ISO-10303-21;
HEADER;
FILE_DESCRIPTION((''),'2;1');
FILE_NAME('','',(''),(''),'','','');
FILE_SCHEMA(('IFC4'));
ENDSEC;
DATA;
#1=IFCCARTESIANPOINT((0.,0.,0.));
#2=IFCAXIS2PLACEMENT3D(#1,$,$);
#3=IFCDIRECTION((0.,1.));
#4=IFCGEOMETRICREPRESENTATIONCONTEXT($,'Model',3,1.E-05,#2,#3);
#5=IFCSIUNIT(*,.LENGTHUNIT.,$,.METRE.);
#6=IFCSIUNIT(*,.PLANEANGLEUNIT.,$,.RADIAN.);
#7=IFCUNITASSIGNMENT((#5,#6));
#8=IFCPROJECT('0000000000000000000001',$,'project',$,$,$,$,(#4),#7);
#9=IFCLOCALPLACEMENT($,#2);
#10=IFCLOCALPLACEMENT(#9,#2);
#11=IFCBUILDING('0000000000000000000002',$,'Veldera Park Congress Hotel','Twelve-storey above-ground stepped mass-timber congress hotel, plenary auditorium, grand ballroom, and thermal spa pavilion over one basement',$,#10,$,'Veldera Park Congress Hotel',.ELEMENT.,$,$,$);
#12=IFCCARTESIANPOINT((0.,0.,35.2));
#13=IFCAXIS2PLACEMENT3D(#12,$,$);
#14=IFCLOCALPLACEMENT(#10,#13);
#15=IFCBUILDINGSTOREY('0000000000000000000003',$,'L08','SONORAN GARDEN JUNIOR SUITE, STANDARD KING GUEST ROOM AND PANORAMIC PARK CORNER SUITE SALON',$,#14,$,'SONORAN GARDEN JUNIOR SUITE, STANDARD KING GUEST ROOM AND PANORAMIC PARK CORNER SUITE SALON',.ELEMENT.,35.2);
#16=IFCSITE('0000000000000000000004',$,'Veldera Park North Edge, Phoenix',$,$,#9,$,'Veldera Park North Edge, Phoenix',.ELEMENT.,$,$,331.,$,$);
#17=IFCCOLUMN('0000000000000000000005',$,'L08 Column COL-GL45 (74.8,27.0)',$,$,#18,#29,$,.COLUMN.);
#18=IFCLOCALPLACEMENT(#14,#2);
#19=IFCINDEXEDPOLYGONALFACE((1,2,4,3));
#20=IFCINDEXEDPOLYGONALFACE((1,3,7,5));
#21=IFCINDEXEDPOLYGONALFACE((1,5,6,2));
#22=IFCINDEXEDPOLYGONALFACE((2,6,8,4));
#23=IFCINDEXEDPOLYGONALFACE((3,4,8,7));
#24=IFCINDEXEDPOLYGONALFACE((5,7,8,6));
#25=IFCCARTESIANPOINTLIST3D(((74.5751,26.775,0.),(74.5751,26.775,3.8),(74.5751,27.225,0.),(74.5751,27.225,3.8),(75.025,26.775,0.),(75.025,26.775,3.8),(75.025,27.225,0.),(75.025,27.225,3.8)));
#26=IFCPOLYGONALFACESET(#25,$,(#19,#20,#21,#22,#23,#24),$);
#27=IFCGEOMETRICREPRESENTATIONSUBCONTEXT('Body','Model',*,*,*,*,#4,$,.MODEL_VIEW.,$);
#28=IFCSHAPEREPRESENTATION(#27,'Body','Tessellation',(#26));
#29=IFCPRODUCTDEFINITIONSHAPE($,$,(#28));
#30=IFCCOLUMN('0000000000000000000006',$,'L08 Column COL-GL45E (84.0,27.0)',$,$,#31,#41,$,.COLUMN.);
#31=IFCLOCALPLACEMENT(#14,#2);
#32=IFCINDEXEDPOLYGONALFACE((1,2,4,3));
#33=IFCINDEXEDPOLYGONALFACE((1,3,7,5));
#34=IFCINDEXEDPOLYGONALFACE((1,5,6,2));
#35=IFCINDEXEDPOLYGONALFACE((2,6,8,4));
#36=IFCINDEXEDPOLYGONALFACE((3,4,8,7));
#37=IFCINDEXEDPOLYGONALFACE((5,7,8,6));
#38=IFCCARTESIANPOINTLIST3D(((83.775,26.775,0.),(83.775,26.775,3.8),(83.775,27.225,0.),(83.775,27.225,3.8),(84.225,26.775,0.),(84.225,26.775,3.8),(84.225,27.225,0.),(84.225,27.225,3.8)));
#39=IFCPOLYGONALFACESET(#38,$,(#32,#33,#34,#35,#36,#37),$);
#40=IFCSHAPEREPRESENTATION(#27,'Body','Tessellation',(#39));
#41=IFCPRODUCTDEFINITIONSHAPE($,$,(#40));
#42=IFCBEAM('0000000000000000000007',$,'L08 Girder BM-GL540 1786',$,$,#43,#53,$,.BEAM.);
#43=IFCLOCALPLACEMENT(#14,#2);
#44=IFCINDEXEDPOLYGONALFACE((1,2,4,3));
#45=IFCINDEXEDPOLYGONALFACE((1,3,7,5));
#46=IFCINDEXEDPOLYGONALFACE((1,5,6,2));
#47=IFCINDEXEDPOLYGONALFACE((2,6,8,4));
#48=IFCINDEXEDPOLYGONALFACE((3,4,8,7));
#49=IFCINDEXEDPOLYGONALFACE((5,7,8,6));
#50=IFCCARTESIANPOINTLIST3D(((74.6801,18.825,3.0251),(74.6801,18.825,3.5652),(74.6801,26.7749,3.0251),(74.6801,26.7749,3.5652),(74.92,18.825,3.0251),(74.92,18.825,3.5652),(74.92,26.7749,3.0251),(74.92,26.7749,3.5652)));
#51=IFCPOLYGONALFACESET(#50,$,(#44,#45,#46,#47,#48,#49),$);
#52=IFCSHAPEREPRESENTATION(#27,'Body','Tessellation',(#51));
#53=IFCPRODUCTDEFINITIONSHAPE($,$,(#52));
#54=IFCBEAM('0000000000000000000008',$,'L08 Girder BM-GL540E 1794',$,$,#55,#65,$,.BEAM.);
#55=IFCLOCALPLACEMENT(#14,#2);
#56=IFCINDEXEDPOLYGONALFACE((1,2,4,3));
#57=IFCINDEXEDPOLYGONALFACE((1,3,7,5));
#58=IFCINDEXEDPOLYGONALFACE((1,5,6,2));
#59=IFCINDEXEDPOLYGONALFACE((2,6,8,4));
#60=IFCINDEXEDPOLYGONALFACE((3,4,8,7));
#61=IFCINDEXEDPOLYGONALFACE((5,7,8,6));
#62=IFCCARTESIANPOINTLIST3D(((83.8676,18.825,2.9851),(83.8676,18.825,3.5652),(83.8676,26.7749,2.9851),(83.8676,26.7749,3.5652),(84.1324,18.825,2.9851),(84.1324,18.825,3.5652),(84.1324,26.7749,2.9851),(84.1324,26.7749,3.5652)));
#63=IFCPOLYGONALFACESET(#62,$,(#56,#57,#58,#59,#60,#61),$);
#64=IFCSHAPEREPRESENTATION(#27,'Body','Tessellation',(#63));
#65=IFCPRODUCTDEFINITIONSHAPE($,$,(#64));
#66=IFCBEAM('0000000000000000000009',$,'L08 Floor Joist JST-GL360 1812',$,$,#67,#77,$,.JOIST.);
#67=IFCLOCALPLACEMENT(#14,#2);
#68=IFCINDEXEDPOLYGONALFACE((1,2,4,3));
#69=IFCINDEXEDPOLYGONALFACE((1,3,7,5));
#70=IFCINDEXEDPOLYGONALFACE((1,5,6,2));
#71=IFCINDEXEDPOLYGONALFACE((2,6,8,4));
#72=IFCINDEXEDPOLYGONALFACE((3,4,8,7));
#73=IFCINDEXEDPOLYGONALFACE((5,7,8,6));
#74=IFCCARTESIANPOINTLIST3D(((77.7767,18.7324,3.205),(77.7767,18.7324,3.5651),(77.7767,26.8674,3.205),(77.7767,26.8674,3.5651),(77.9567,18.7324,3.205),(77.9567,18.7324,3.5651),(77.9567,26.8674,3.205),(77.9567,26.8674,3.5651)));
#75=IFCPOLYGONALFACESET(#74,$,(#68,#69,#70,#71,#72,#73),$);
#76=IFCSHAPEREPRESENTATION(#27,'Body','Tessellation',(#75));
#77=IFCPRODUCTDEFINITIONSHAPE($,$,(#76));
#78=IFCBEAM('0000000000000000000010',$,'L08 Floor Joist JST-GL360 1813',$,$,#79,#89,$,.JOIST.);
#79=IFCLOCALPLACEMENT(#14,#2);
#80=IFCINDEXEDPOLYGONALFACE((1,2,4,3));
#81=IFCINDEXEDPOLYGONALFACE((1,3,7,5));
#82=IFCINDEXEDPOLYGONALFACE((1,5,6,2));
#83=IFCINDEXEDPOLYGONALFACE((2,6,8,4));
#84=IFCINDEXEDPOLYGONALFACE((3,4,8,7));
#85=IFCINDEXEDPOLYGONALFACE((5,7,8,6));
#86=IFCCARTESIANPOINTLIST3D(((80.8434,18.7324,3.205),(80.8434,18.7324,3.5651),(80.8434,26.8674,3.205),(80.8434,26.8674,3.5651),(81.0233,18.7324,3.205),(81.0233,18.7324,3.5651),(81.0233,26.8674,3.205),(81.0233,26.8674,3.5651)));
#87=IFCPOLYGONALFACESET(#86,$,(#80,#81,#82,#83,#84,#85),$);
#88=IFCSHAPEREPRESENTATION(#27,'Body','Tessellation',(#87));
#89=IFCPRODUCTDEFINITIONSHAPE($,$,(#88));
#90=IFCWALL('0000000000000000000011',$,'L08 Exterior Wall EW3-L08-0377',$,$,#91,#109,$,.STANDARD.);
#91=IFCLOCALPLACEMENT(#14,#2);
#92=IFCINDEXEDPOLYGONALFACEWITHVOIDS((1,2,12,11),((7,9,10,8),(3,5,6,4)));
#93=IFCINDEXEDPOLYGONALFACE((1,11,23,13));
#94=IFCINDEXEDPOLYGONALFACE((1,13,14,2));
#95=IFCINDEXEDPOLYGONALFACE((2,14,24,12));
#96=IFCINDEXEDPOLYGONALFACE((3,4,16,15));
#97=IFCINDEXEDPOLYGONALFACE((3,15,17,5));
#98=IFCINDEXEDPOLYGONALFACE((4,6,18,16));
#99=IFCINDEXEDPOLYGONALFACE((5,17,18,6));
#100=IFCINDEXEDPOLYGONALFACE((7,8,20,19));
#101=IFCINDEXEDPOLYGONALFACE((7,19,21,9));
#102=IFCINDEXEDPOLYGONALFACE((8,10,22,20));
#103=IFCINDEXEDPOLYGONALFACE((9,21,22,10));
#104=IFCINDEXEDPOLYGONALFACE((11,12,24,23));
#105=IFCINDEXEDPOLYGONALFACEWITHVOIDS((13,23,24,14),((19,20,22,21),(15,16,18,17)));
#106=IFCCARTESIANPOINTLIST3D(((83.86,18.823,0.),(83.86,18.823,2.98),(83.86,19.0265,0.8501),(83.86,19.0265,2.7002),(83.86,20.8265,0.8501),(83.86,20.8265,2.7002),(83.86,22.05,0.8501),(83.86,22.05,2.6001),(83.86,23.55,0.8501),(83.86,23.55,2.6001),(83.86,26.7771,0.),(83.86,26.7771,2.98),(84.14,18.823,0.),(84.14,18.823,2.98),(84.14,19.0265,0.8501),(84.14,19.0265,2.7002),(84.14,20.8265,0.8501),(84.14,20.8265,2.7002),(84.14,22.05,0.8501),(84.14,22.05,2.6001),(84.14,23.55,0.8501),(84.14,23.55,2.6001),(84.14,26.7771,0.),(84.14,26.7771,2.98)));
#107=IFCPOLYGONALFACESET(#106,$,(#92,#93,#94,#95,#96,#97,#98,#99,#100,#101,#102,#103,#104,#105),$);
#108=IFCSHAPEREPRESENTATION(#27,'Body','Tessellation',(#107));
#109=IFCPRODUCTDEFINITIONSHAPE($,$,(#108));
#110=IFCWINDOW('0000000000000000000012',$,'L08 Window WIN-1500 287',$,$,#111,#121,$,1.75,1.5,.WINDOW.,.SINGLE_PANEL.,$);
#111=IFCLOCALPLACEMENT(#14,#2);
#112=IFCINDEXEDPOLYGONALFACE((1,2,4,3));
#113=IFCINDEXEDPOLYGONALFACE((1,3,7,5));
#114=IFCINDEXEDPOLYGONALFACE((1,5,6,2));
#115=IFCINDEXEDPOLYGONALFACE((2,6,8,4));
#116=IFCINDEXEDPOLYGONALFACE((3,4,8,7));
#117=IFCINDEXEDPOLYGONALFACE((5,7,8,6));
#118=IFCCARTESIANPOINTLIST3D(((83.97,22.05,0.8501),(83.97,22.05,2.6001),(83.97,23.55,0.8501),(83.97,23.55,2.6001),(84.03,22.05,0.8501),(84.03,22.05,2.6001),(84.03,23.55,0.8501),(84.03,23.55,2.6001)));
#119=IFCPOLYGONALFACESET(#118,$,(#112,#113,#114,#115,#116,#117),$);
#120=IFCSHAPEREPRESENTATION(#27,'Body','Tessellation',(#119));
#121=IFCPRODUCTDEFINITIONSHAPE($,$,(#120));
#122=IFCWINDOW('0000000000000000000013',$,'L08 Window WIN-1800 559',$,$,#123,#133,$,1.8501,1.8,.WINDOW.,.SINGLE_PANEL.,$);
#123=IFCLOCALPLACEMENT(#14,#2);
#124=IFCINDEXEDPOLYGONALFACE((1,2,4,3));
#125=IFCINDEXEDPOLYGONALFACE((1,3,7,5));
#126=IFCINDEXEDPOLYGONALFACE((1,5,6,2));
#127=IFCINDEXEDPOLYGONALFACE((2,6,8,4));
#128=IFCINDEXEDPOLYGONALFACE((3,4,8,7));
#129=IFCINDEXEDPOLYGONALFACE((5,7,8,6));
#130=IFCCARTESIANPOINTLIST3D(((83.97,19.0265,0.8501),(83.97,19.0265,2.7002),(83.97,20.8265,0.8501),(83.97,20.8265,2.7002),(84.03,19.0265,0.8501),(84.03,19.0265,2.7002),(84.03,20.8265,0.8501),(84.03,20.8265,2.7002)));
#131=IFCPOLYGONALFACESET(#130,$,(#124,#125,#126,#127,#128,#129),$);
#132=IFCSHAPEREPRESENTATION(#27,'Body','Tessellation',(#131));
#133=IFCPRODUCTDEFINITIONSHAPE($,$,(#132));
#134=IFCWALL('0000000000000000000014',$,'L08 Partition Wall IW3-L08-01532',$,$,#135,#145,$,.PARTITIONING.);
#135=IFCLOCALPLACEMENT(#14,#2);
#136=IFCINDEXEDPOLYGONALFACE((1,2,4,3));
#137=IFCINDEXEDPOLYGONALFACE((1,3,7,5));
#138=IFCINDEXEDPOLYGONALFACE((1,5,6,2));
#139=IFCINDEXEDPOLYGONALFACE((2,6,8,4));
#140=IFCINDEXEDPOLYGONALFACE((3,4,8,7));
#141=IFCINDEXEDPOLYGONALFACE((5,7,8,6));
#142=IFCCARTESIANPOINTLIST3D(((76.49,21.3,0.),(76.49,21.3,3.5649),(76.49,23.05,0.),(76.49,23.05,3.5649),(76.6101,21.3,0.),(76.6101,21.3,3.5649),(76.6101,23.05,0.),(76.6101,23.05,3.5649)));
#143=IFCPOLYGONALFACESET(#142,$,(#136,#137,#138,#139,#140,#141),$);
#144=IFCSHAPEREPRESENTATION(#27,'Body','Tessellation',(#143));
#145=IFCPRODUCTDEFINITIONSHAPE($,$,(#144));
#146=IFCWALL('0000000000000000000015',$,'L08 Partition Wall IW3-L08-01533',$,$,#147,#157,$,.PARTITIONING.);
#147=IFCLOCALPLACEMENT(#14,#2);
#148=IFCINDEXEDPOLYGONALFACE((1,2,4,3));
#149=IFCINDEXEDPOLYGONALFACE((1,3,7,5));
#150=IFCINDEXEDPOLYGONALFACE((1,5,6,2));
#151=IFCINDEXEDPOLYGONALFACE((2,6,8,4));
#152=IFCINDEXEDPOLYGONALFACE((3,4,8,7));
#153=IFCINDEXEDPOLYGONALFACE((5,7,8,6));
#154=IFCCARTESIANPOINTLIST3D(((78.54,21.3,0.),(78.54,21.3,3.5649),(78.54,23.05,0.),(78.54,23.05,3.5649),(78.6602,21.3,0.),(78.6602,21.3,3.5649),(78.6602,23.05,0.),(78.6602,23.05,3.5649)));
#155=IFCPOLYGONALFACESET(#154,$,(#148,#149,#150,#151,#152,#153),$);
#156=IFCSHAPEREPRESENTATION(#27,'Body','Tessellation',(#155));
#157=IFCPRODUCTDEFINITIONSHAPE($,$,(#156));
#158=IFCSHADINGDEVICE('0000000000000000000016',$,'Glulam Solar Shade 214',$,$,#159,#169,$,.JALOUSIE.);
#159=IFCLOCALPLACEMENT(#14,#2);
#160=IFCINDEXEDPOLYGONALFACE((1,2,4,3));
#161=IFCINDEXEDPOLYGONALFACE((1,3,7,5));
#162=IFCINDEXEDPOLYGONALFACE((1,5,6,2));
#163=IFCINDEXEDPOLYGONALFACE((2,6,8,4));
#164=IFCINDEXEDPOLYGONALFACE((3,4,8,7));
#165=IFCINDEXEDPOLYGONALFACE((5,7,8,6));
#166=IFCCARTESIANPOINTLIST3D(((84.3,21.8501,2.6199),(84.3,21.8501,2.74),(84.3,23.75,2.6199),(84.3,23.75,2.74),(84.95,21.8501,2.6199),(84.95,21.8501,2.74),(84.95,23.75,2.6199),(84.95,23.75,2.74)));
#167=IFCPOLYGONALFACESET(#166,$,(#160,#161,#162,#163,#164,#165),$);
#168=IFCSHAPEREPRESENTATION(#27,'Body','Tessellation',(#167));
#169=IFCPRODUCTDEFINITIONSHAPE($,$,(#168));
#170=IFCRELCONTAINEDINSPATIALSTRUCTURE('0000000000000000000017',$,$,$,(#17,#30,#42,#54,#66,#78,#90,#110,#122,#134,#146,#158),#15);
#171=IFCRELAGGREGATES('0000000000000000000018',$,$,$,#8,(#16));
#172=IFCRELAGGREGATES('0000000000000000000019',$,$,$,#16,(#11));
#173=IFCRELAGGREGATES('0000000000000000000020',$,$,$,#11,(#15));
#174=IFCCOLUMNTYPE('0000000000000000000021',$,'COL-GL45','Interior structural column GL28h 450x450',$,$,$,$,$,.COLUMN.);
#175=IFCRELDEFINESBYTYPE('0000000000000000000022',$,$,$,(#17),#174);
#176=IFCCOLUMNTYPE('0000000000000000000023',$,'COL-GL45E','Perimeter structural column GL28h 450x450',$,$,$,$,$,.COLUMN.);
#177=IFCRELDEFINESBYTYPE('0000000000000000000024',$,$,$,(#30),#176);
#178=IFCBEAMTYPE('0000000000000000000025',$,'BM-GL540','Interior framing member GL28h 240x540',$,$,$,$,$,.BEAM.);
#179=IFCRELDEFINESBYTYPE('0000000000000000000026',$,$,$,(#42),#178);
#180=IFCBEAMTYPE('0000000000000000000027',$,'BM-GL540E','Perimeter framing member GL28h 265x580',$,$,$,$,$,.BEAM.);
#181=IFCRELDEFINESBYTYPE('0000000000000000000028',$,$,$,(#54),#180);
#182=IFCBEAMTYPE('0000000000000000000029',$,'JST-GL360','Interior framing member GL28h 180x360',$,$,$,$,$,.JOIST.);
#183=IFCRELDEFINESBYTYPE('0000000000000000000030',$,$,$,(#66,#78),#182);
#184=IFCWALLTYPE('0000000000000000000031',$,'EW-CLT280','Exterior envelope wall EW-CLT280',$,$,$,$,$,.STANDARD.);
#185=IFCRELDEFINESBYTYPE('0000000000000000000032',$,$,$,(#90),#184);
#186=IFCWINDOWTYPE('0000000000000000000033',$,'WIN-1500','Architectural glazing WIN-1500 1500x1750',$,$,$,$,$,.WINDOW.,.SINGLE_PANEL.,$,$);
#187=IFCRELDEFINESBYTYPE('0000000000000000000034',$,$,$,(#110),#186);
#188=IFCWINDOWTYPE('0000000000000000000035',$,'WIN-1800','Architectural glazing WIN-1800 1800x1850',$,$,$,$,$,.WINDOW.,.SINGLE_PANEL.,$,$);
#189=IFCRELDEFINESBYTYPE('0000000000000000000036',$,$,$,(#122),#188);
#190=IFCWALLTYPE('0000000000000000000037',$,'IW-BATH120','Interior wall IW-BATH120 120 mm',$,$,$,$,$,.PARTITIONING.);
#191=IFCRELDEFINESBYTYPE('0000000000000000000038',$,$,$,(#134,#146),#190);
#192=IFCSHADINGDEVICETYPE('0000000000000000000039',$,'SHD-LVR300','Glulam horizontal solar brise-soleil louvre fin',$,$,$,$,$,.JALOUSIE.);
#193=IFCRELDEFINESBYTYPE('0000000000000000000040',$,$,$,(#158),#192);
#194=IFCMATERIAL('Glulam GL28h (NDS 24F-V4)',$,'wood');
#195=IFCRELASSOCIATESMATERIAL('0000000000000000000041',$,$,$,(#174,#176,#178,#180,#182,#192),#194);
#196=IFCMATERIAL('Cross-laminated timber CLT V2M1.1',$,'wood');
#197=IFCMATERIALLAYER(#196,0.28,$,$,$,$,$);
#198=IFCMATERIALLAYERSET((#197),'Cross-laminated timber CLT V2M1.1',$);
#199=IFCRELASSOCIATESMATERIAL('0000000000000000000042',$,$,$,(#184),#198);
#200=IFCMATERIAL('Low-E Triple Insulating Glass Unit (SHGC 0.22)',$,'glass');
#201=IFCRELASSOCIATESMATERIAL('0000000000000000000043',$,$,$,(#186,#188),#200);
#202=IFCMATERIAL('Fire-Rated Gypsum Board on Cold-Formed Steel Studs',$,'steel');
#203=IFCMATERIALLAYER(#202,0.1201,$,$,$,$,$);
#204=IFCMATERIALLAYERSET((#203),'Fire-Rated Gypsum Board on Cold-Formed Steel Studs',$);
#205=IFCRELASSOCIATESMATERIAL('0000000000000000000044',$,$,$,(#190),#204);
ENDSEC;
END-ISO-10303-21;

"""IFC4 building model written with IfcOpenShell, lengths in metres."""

from ifc_helpers import new_model, si_unit, direction, frame, frame_2d, origin, origin_2d, place, context, subcontext, project, spatial, rectangle, extrude, material, layer, layer_set, material_profile, profile_set, type_object, element, fill, save


model = new_model("IFC4")

# Units and contexts
model_context = context("Model", 3, precision=1e-05, world=origin(), true_north=direction((0.0, 1.0)))
body_context = subcontext(model_context, "Body", "Model", "MODEL_VIEW")
ifc_project = project(units=[si_unit("LENGTHUNIT", "METRE"), si_unit("PLANEANGLEUNIT", "RADIAN")], contexts=[model_context])

# Site, building, storey
site_placement = place(None, origin())
site = spatial("IfcSite", under=ifc_project, at=site_placement, Name="Veldera Park North Edge, Phoenix", LongName="Veldera Park North Edge, Phoenix", CompositionType="ELEMENT", RefElevation=331.0)
building_placement = place(site_placement, origin())
building = spatial("IfcBuilding", under=site, at=building_placement, Name="Veldera Park Congress Hotel", Description="Twelve-storey above-ground stepped mass-timber congress hotel, plenary auditorium, grand ballroom, and thermal spa pavilion over one basement", LongName="Veldera Park Congress Hotel", CompositionType="ELEMENT")
storey_placement = place(building_placement, frame((0.0, 0.0, 35.2)))
storey = spatial("IfcBuildingStorey", under=building, at=storey_placement, Name="L08", Description="SONORAN GARDEN JUNIOR SUITE, STANDARD KING GUEST ROOM AND PANORAMIC PARK CORNER SUITE SALON", LongName="SONORAN GARDEN JUNIOR SUITE, STANDARD KING GUEST ROOM AND PANORAMIC PARK CORNER SUITE SALON", CompositionType="ELEMENT", Elevation=35.2)

# Columns
ifc_material_1 = material(Name="Glulam GL28h (NDS 24F-V4)", Category="wood")
ifc_material_profile_1 = material_profile(ifc_material_1, rectangle(XDim=0.45, YDim=0.45, at=origin_2d()), Name="GL28h 450x450")
ifc_profile_set_1 = profile_set([ifc_material_profile_1], Name="Glulam GL28h (NDS 24F-V4)")
column_type_1 = type_object("IfcColumnType", Name="COL-GL45", Description="Interior structural column GL28h 450x450", PredefinedType="COLUMN", material=ifc_profile_set_1)
column_1_placement = place(storey_placement, frame((74.8, 27.0, 0.0), z_axis=(0.0, 0.0, 1.0), x_axis=(1.0, 0.0, 0.0)))
element("IfcColumn", 1, at=column_1_placement, inside=storey, type_object=column_type_1, Name="L08 Column COL-GL45 (74.8,27.0)", PredefinedType="COLUMN", context=body_context, shape_type="SweptSolid", body=[
    extrude(rectangle(XDim=0.45, YDim=0.45, at=origin_2d()), origin(), (0.0, 0.0, 1.0), 3.8),
])
ifc_material_profile_2 = material_profile(ifc_material_1, rectangle(XDim=0.45, YDim=0.45, at=origin_2d()), Name="GL28h 450x450")
ifc_profile_set_2 = profile_set([ifc_material_profile_2], Name="Glulam GL28h (NDS 24F-V4)")
column_type_2 = type_object("IfcColumnType", Name="COL-GL45E", Description="Perimeter structural column GL28h 450x450", PredefinedType="COLUMN", material=ifc_profile_set_2)
column_2_placement = place(storey_placement, frame((84.0, 27.0, 0.0), z_axis=(0.0, 0.0, 1.0), x_axis=(1.0, 0.0, 0.0)))
element("IfcColumn", 2, at=column_2_placement, inside=storey, type_object=column_type_2, Name="L08 Column COL-GL45E (84.0,27.0)", PredefinedType="COLUMN", context=body_context, shape_type="SweptSolid", body=[
    extrude(rectangle(XDim=0.45, YDim=0.45, at=origin_2d()), origin(), (0.0, 0.0, 1.0), 3.8),
])

# Beams
ifc_material_profile_3 = material_profile(ifc_material_1, rectangle(XDim=0.24, YDim=0.54, at=origin_2d()), Name="GL28h 240x540")
ifc_profile_set_3 = profile_set([ifc_material_profile_3], Name="Glulam GL28h (NDS 24F-V4)")
beam_type_1 = type_object("IfcBeamType", Name="BM-GL540", Description="Interior framing member GL28h 240x540", PredefinedType="BEAM", material=ifc_profile_set_3)
beam_1_placement = place(storey_placement, frame((74.8, 18.825, 3.2952), z_axis=(0.0, 1.0, 0.0), x_axis=(-1.0, 0.0, 0.0)))
element("IfcBeam", 3, at=beam_1_placement, inside=storey, type_object=beam_type_1, Name="L08 Girder BM-GL540 1786", PredefinedType="BEAM", context=body_context, shape_type="SweptSolid", body=[
    extrude(rectangle(XDim=0.24, YDim=0.54, at=origin_2d()), origin(), (0.0, 0.0, 1.0), 7.95),
])
ifc_material_profile_4 = material_profile(ifc_material_1, rectangle(XDim=0.2649, YDim=0.5801, at=origin_2d()), Name="GL28h 265x580")
ifc_profile_set_4 = profile_set([ifc_material_profile_4], Name="Glulam GL28h (NDS 24F-V4)")
beam_type_2 = type_object("IfcBeamType", Name="BM-GL540E", Description="Perimeter framing member GL28h 265x580", PredefinedType="BEAM", material=ifc_profile_set_4)
beam_2_placement = place(storey_placement, frame((84.0, 18.825, 3.2751), z_axis=(0.0, 1.0, 0.0), x_axis=(-1.0, 0.0, 0.0)))
element("IfcBeam", 4, at=beam_2_placement, inside=storey, type_object=beam_type_2, Name="L08 Girder BM-GL540E 1794", PredefinedType="BEAM", context=body_context, shape_type="SweptSolid", body=[
    extrude(rectangle(XDim=0.2649, YDim=0.5801, at=origin_2d()), origin(), (0.0, 0.0, 1.0), 7.95),
])
ifc_material_profile_5 = material_profile(ifc_material_1, rectangle(XDim=0.1799, YDim=0.3601, at=origin_2d()), Name="GL28h 180x360")
ifc_profile_set_5 = profile_set([ifc_material_profile_5], Name="Glulam GL28h (NDS 24F-V4)")
beam_type_3 = type_object("IfcBeamType", Name="JST-GL360", Description="Interior framing member GL28h 180x360", PredefinedType="JOIST", material=ifc_profile_set_5)
for number, where, z_axis, x_axis, name in (
    (5, (77.8667, 18.7324, 3.385), (0.0, 1.0, 0.0), (-1.0, 0.0, 0.0), "L08 Floor Joist JST-GL360 1812"),
    (6, (80.9333, 18.7324, 3.385), (0.0, 1.0, 0.0), (-1.0, 0.0, 0.0), "L08 Floor Joist JST-GL360 1813"),
):
    element("IfcBeam", number, at=place(storey_placement, frame(where, z_axis=z_axis, x_axis=x_axis)), inside=storey, type_object=beam_type_3, Name=name, PredefinedType="JOIST", context=body_context, shape_type="SweptSolid", body=[
        extrude(rectangle(XDim=0.1799, YDim=0.3601, at=origin_2d()), origin(), (0.0, 0.0, 1.0), 8.135),
    ])

# Wall, openings, windows
ifc_material_2 = material(Name="Cross-laminated timber CLT V2M1.1", Category="wood")
ifc_layer_1 = layer(ifc_material_2, 0.28)
ifc_layer_set_1 = layer_set([ifc_layer_1], Name="Cross-laminated timber CLT V2M1.1")
wall_type_1 = type_object("IfcWallType", Name="EW-CLT280", Description="Exterior envelope wall EW-CLT280", PredefinedType="STANDARD", material=ifc_layer_set_1)
wall_1_placement = place(storey_placement, frame((84.0, 18.823, 0.0), z_axis=(0.0, 0.0, 1.0), x_axis=(0.0, 1.0, 0.0)))
wall_1 = element("IfcWall", 7, at=wall_1_placement, inside=storey, type_object=wall_type_1, Name="L08 Exterior Wall EW3-L08-0377", PredefinedType="STANDARD", context=body_context, shape_type="SweptSolid", body=[
    extrude(rectangle(XDim=7.9541, YDim=0.28, at=frame_2d((3.9771, 0.0))), origin(), (0.0, 0.0, 1.0), 2.98),
])
opening_1_placement = place(wall_1_placement, frame((3.2271, 0.0, 0.8501)))
opening_1 = element("IfcOpeningElement", 8, at=opening_1_placement, cuts=wall_1, PredefinedType="OPENING", context=body_context, shape_type="SweptSolid", body=[
    extrude(rectangle(XDim=1.5, YDim=1.75, at=frame_2d((0.75, 0.875))), frame((0.0, 0.1521, 0.0), z_axis=(0.0, -1.0, 0.0), x_axis=(1.0, 0.0, 0.0)), (0.0, 0.0, 1.0), 0.304),
])
opening_2_placement = place(wall_1_placement, frame((0.2036, 0.0, 0.8501)))
opening_2 = element("IfcOpeningElement", 9, at=opening_2_placement, cuts=wall_1, PredefinedType="OPENING", context=body_context, shape_type="SweptSolid", body=[
    extrude(rectangle(XDim=1.8, YDim=1.8501, at=frame_2d((0.8999, 0.925))), frame((0.0, 0.1521, 0.0), z_axis=(0.0, -1.0, 0.0), x_axis=(1.0, 0.0, 0.0)), (0.0, 0.0, 1.0), 0.304),
])
ifc_material_3 = material(Name="Low-E Triple Insulating Glass Unit (SHGC 0.22)", Category="glass")
window_type_1 = type_object("IfcWindowType", Name="WIN-1500", Description="Architectural glazing WIN-1500 1500x1750", PartitioningType="SINGLE_PANEL", PredefinedType="WINDOW", material=ifc_material_3)
window_1_placement = place(opening_1_placement, origin())
window_1 = element("IfcWindow", 10, at=window_1_placement, inside=storey, type_object=window_type_1, Name="L08 Window WIN-1500 287", OverallHeight=1.75, OverallWidth=1.5, PartitioningType="SINGLE_PANEL", PredefinedType="WINDOW", context=body_context, shape_type="SweptSolid", body=[
    extrude(rectangle(XDim=1.5, YDim=1.75, at=frame_2d((0.75, 0.875))), frame((0.0, 0.03, 0.0), z_axis=(0.0, -1.0, 0.0), x_axis=(1.0, 0.0, 0.0)), (0.0, 0.0, 1.0), 0.0601),
])
fill(opening_1, window_1)
window_type_2 = type_object("IfcWindowType", Name="WIN-1800", Description="Architectural glazing WIN-1800 1800x1850", PartitioningType="SINGLE_PANEL", PredefinedType="WINDOW", material=ifc_material_3)
window_2_placement = place(opening_2_placement, origin())
window_2 = element("IfcWindow", 11, at=window_2_placement, inside=storey, type_object=window_type_2, Name="L08 Window WIN-1800 559", OverallHeight=1.8501, OverallWidth=1.8, PartitioningType="SINGLE_PANEL", PredefinedType="WINDOW", context=body_context, shape_type="SweptSolid", body=[
    extrude(rectangle(XDim=1.8, YDim=1.8501, at=frame_2d((0.8999, 0.925))), frame((0.0, 0.03, 0.0), z_axis=(0.0, -1.0, 0.0), x_axis=(1.0, 0.0, 0.0)), (0.0, 0.0, 1.0), 0.0601),
])
fill(opening_2, window_2)

# Shared definitions
ifc_material_4 = material(Name="Fire-Rated Gypsum Board on Cold-Formed Steel Studs", Category="steel")
ifc_layer_2 = layer(ifc_material_4, 0.1201)
ifc_layer_set_2 = layer_set([ifc_layer_2], Name="Fire-Rated Gypsum Board on Cold-Formed Steel Studs")
wall_type_2 = type_object("IfcWallType", Name="IW-BATH120", Description="Interior wall IW-BATH120 120 mm", PredefinedType="PARTITIONING", material=ifc_layer_set_2)

# Walls
for number, where, z_axis, x_axis, name in (
    (12, (76.55, 21.3, 0.0), (0.0, 0.0, 1.0), (0.0, 1.0, 0.0), "L08 Partition Wall IW3-L08-01532"),
    (13, (78.6001, 21.3, 0.0), (0.0, 0.0, 1.0), (0.0, 1.0, 0.0), "L08 Partition Wall IW3-L08-01533"),
):
    element("IfcWall", number, at=place(storey_placement, frame(where, z_axis=z_axis, x_axis=x_axis)), inside=storey, type_object=wall_type_2, Name=name, PredefinedType="PARTITIONING", context=body_context, shape_type="SweptSolid", body=[
        extrude(rectangle(XDim=1.75, YDim=0.1201, at=frame_2d((0.875, 0.0))), origin(), (0.0, 0.0, 1.0), 3.5649),
    ])

# Shading device
shading_device_type = type_object("IfcShadingDeviceType", Name="SHD-LVR300", Description="Glulam horizontal solar brise-soleil louvre fin", PredefinedType="JALOUSIE", material=ifc_material_1)
shading_device_1_placement = place(storey_placement, frame((84.625, 22.8, 2.6199), z_axis=(0.0, 0.0, 1.0), x_axis=(0.0, 1.0, 0.0)))
element("IfcShadingDevice", 14, at=shading_device_1_placement, inside=storey, type_object=shading_device_type, Name="Glulam Solar Shade 214", PredefinedType="JALOUSIE", context=body_context, shape_type="SweptSolid", body=[
    extrude(rectangle(XDim=1.8999, YDim=0.6499, at=origin_2d()), origin(), (0.0, 0.0, 1.0), 0.1201),
])

save(model, "model.ifc")
